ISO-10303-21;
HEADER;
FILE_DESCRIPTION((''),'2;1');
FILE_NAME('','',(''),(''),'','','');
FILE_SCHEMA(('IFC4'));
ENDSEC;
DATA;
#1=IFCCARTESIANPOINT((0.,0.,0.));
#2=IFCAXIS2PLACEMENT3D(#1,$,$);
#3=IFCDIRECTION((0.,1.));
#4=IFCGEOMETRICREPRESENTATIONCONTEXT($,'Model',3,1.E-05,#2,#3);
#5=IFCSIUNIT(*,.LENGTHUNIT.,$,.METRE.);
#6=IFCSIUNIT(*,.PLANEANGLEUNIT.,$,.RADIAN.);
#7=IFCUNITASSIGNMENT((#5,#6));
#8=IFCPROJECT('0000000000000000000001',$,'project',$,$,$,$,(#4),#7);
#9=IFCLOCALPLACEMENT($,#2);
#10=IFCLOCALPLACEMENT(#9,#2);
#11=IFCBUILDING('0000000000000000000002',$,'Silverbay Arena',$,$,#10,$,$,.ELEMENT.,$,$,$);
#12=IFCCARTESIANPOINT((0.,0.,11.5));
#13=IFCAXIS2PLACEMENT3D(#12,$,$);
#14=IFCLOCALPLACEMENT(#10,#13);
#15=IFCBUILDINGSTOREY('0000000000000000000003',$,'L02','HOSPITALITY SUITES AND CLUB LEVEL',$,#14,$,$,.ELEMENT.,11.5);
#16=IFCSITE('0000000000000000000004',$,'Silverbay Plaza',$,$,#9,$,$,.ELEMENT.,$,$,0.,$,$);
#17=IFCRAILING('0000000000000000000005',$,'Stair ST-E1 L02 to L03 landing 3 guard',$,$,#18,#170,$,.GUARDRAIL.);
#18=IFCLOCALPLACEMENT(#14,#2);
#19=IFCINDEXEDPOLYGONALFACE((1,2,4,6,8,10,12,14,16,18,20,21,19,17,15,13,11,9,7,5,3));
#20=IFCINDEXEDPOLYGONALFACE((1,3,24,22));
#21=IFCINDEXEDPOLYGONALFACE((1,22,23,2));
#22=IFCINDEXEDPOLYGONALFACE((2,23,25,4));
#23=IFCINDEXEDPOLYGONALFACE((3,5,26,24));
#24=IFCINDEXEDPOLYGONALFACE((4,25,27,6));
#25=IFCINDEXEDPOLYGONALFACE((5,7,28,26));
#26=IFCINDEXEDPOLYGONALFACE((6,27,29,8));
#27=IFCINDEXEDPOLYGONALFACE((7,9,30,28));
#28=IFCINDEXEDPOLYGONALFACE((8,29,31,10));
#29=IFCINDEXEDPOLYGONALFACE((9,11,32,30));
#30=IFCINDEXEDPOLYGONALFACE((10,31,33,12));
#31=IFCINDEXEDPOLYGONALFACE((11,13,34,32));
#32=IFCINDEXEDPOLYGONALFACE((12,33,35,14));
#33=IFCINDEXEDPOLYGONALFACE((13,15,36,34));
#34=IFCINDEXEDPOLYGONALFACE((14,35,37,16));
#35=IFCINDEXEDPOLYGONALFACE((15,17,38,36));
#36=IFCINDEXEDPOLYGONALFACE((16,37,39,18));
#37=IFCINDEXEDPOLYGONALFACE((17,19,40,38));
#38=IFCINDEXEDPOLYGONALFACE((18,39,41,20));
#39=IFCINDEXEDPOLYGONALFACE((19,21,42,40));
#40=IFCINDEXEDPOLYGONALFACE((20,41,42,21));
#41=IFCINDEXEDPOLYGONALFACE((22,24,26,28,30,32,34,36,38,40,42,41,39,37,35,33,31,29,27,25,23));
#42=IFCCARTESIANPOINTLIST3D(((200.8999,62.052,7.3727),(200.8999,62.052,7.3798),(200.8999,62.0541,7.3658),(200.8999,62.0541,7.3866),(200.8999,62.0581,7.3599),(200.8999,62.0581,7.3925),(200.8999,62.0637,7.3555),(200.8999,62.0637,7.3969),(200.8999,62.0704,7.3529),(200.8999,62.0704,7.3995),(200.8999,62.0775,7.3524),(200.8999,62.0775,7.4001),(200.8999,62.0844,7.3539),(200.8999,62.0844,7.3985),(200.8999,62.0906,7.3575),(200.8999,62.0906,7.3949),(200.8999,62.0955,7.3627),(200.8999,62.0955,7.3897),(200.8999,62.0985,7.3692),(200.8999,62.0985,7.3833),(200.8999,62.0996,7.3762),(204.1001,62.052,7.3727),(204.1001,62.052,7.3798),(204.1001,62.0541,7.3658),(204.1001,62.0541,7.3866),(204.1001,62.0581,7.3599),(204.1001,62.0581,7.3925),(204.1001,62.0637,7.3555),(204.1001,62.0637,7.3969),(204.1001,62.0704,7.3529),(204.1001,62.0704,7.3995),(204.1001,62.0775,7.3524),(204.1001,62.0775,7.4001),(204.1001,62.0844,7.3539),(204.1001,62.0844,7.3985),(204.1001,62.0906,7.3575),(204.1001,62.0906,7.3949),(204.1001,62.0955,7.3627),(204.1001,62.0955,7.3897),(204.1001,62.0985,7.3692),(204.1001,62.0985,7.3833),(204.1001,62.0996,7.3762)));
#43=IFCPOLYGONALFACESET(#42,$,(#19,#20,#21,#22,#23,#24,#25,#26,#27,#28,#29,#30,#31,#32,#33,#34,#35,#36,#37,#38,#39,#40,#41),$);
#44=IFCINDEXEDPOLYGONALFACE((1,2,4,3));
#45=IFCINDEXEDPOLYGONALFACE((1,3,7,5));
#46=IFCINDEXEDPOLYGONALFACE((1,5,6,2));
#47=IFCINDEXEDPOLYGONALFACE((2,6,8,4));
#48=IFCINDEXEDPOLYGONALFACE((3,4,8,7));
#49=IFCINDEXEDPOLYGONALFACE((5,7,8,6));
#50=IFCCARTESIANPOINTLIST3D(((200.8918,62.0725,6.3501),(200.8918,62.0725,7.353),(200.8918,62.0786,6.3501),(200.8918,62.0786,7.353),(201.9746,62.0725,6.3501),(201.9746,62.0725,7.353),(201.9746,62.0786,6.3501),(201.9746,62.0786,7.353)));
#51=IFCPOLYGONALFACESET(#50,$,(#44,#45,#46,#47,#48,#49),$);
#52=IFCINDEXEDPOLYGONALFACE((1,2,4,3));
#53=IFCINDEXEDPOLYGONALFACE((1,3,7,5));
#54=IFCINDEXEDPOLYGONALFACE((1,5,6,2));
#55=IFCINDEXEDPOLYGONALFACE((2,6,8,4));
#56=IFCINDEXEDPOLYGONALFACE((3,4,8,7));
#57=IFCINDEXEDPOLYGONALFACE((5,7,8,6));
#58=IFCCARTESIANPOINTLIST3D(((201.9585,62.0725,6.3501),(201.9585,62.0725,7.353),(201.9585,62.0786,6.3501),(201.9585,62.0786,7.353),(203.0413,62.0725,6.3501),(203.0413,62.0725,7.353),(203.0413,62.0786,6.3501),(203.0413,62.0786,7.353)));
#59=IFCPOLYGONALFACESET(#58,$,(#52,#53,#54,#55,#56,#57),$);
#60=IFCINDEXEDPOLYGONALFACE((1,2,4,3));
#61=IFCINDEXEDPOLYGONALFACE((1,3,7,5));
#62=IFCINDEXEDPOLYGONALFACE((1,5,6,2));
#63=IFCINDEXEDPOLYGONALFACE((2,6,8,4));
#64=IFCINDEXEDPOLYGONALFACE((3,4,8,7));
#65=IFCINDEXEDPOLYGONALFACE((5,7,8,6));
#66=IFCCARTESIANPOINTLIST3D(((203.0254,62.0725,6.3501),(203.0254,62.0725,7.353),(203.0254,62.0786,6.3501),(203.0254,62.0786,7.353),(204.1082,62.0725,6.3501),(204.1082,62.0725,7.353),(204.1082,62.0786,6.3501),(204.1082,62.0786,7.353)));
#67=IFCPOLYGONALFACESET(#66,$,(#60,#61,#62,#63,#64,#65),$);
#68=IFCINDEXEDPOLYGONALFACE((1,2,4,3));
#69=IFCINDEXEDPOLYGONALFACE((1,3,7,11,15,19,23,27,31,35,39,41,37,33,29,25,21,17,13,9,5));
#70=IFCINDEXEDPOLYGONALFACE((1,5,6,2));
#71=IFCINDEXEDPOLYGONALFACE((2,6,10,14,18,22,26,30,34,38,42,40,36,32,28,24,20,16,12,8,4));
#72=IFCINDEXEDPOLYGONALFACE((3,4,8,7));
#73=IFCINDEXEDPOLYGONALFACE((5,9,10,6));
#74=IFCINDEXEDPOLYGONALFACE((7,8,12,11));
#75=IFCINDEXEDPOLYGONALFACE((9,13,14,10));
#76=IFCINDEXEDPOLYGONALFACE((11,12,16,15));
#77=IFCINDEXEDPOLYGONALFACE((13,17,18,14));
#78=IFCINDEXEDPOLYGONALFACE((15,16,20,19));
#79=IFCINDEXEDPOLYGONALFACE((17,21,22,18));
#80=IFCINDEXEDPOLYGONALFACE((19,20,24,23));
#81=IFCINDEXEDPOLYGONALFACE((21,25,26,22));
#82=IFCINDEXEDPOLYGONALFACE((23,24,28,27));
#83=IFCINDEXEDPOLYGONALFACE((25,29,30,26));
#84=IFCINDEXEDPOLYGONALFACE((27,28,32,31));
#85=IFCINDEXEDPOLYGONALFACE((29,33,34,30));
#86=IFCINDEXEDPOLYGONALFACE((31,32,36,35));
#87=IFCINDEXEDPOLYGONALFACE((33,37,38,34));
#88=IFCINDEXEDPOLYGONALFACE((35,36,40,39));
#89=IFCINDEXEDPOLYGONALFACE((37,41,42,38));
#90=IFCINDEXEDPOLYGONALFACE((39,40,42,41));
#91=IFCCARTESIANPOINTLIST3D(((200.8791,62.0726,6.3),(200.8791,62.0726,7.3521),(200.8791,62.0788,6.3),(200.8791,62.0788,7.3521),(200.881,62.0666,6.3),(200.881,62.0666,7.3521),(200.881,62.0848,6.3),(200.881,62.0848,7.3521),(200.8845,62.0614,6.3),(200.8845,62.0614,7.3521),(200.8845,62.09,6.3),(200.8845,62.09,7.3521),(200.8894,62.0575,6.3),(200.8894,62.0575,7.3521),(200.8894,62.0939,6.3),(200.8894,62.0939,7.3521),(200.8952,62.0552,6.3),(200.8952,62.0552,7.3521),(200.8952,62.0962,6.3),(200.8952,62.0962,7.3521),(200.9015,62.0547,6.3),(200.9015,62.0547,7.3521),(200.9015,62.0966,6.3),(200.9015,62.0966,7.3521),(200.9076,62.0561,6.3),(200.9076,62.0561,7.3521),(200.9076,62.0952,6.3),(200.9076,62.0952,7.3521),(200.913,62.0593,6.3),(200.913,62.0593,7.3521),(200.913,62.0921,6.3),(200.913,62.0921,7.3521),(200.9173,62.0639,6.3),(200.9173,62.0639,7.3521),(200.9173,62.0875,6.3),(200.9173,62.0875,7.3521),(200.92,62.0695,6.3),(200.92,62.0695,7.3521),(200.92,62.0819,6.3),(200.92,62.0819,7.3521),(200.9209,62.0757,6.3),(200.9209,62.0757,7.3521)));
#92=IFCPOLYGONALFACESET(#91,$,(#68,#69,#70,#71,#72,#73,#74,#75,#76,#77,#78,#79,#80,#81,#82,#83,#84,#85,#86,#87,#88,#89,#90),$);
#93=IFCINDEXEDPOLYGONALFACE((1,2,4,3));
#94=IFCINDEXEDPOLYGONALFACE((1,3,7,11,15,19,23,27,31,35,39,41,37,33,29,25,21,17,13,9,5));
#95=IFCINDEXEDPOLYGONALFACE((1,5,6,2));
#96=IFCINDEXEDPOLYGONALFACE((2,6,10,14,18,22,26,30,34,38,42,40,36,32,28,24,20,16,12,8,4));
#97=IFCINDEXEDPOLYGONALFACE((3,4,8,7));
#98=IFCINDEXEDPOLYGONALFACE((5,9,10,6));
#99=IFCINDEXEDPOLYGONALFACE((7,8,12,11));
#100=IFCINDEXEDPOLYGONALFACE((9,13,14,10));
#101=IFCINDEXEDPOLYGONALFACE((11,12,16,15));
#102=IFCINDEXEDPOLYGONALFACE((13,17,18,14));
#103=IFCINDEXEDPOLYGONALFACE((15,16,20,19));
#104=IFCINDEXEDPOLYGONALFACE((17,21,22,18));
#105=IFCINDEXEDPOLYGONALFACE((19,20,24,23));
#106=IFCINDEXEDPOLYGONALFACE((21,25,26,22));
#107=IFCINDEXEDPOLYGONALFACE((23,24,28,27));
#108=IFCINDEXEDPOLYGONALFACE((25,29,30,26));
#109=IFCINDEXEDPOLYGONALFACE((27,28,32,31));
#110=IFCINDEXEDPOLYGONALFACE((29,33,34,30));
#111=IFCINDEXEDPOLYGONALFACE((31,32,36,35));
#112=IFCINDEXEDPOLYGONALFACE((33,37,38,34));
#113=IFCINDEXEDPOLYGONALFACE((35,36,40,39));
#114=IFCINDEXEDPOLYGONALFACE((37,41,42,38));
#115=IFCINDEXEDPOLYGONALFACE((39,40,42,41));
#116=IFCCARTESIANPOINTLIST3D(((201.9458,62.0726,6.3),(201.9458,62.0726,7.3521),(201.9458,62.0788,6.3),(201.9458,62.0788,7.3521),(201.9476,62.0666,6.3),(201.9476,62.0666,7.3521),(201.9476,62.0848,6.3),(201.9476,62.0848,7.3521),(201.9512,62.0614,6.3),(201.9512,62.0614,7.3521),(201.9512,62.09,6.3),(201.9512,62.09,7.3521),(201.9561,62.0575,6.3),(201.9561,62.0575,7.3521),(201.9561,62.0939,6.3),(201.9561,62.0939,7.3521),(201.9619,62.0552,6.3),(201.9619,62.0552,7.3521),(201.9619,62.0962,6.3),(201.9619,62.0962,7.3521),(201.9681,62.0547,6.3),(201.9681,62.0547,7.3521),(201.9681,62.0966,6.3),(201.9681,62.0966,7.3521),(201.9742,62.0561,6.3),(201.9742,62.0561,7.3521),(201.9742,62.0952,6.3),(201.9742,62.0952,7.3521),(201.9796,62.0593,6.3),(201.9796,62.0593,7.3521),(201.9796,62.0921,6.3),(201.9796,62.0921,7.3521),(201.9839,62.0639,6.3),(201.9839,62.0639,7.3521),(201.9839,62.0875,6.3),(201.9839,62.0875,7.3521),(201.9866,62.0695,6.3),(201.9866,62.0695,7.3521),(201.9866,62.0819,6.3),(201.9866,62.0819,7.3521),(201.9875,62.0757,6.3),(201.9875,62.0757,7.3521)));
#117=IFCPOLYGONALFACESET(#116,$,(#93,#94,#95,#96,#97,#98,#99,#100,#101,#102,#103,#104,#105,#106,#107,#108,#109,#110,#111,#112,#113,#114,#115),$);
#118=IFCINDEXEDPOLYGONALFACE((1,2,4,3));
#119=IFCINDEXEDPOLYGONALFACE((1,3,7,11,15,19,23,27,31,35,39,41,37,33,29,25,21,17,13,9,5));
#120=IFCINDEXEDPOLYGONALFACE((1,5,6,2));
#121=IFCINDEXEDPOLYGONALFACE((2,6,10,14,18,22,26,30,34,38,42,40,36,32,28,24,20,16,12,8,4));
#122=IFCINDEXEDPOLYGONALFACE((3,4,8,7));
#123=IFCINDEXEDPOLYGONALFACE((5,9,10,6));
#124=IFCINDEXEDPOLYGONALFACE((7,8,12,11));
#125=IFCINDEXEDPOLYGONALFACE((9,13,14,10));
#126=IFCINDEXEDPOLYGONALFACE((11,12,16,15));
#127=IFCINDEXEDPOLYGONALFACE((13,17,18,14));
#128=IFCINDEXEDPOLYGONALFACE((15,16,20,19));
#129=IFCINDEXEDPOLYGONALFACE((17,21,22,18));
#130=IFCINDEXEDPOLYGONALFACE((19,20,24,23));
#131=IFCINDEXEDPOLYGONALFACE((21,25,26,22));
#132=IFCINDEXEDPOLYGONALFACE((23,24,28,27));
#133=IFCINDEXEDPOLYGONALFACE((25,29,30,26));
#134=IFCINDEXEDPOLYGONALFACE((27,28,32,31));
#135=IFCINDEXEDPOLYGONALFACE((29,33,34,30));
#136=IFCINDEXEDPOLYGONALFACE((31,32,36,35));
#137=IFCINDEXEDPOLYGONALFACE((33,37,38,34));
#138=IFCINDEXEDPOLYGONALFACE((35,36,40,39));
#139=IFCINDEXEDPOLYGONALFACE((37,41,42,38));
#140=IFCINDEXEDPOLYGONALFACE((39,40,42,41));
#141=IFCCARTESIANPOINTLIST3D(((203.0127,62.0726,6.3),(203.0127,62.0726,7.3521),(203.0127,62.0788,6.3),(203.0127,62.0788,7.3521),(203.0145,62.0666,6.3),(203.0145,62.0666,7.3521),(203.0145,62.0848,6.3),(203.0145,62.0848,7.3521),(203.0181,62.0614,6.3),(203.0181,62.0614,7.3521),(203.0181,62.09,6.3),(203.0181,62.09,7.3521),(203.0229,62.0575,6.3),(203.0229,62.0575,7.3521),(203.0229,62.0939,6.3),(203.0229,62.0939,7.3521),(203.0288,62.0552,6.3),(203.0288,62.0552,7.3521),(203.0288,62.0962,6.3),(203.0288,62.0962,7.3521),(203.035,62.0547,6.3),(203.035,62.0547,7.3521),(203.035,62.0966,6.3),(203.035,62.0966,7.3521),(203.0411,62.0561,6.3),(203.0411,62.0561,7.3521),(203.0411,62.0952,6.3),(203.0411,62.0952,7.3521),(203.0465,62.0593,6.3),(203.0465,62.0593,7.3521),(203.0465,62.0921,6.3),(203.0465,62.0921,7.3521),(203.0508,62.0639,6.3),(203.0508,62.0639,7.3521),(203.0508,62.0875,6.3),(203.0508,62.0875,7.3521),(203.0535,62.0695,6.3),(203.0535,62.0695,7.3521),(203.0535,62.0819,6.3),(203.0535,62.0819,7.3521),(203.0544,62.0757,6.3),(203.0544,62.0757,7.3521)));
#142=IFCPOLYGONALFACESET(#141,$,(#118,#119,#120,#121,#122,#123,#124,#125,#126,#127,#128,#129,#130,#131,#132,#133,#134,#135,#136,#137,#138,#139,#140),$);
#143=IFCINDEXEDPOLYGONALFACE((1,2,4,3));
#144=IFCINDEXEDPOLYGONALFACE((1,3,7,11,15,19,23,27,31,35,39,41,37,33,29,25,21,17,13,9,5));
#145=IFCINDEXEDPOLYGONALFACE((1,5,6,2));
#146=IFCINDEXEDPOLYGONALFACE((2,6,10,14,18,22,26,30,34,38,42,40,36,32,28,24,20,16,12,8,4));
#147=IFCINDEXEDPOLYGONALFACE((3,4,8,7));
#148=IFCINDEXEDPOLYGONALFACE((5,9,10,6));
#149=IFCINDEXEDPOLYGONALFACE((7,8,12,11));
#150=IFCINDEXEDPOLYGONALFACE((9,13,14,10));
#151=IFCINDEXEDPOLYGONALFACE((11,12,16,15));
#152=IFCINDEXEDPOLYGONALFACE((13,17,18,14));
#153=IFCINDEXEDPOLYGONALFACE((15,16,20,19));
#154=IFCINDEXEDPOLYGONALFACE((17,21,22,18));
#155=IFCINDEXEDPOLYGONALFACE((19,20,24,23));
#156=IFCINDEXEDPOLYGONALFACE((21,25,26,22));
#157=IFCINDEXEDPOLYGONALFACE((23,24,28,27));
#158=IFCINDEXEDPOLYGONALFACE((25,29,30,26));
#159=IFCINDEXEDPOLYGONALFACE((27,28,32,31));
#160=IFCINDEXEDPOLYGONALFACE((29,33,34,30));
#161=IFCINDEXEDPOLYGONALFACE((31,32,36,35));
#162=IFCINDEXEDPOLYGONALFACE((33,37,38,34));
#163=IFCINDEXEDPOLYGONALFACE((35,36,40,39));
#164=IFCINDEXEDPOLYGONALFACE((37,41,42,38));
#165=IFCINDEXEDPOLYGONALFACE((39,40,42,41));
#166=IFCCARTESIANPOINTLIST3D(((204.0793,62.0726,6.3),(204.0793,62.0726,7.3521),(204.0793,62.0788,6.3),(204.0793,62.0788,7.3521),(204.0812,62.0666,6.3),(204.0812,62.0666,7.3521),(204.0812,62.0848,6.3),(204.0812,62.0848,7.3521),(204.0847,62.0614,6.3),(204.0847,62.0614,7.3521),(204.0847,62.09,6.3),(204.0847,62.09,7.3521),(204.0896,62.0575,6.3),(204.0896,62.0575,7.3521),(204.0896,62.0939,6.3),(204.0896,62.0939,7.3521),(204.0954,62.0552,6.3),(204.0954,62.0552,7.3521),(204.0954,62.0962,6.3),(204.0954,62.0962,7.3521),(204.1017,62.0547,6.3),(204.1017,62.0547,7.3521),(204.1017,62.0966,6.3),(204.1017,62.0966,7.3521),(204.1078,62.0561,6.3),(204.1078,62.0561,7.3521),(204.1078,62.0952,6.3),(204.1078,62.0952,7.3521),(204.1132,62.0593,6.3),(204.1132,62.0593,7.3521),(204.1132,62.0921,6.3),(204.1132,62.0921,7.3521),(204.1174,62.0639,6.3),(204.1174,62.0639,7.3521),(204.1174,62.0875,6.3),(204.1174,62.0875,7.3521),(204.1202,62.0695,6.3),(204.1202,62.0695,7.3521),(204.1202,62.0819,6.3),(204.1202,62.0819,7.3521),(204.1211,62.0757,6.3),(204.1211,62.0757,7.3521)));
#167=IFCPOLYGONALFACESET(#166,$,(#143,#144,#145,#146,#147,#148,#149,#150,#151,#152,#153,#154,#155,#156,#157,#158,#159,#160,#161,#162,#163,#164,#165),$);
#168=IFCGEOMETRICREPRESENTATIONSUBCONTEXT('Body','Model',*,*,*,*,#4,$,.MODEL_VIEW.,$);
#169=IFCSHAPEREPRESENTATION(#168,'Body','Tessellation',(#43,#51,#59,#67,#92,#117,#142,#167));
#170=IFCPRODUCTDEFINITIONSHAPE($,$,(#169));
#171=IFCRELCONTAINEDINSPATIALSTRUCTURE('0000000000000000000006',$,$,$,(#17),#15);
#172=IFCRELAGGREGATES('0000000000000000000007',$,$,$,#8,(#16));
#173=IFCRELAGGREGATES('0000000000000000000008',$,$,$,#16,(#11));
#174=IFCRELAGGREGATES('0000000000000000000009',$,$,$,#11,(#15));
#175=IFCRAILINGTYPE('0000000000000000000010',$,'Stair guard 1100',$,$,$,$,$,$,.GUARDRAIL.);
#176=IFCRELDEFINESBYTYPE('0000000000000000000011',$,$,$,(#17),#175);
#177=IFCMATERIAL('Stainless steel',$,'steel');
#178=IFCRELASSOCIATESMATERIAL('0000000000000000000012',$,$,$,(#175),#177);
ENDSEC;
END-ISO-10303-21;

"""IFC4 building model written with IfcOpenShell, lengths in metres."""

from ifc_helpers import new_model, si_unit, direction, frame, origin, origin_2d, place, context, subcontext, project, spatial, polyline, circle, outline, extrude, material, type_object, element, save


model = new_model("IFC4")

# Units and contexts
model_context = context("Model", 3, precision=1e-05, world=origin(), true_north=direction((0.0, 1.0)))
body_context = subcontext(model_context, "Body", "Model", "MODEL_VIEW")
ifc_project = project(units=[si_unit("LENGTHUNIT", "METRE"), si_unit("PLANEANGLEUNIT", "RADIAN")], contexts=[model_context])

# Site, building, storey
site_placement = place(None, origin())
site = spatial("IfcSite", under=ifc_project, at=site_placement, Name="Silverbay Plaza", CompositionType="ELEMENT", RefElevation=0.0)
building_placement = place(site_placement, origin())
building = spatial("IfcBuilding", under=site, at=building_placement, Name="Silverbay Arena", CompositionType="ELEMENT")
storey_placement = place(building_placement, frame((0.0, 0.0, 11.5)))
storey = spatial("IfcBuildingStorey", under=building, at=storey_placement, Name="L02", Description="HOSPITALITY SUITES AND CLUB LEVEL", CompositionType="ELEMENT", Elevation=11.5)

# Railing
ifc_material_1 = material(Name="Stainless steel", Category="steel")
railing_type_1 = type_object("IfcRailingType", Name="Stair guard 1100", PredefinedType="GUARDRAIL", material=ifc_material_1)
railing_1_placement = place(storey_placement, frame((200.8999, 62.0757, 6.3)))
element("IfcRailing", 1, at=railing_1_placement, inside=storey, type_object=railing_type_1, Name="Stair ST-E1 L02 to L03 landing 3 guard", PredefinedType="GUARDRAIL", context=body_context, shape_type="SweptSolid", body=[
    extrude(circle(Radius=0.0239, at=origin_2d()), frame((0.0, 0.0, 1.0762), z_axis=(1.0, 0.0, 0.0), x_axis=(0.0, 1.0, 0.0)), (0.0, 0.0, 1.0), 3.2002),
    extrude(outline(polyline([(-0.0081, 0.05), (1.0747, 0.05), (1.0747, 1.053), (-0.0081, 1.053), (-0.0081, 0.05)])), frame((0.0, 0.0029, 0.0), z_axis=(0.0, -1.0, 0.0), x_axis=(1.0, 0.0, 0.0)), (0.0, 0.0, 1.0), 0.0061),
    extrude(outline(polyline([(-0.0081, 0.05), (1.0747, 0.05), (1.0747, 1.053), (-0.0081, 1.053), (-0.0081, 0.05)])), frame((1.0667, 0.0029, 0.0), z_axis=(0.0, -1.0, 0.0), x_axis=(1.0, 0.0, 0.0)), (0.0, 0.0, 1.0), 0.0061),
    extrude(outline(polyline([(-0.0081, 0.05), (1.0747, 0.05), (1.0747, 1.053), (-0.0081, 1.053), (-0.0081, 0.05)])), frame((2.1335, 0.0029, 0.0), z_axis=(0.0, -1.0, 0.0), x_axis=(1.0, 0.0, 0.0)), (0.0, 0.0, 1.0), 0.0061),
    extrude(circle(Radius=0.021, at=origin_2d()), origin(), (0.0, 0.0, 1.0), 1.052),
    extrude(circle(Radius=0.021, at=origin_2d()), frame((1.0667, 0.0, 0.0)), (0.0, 0.0, 1.0), 1.052),
    extrude(circle(Radius=0.021, at=origin_2d()), frame((2.1335, 0.0, 0.0)), (0.0, 0.0, 1.0), 1.052),
    extrude(circle(Radius=0.021, at=origin_2d()), frame((3.2002, 0.0, 0.0)), (0.0, 0.0, 1.0), 1.052),
])

save(model, "model.ifc")
